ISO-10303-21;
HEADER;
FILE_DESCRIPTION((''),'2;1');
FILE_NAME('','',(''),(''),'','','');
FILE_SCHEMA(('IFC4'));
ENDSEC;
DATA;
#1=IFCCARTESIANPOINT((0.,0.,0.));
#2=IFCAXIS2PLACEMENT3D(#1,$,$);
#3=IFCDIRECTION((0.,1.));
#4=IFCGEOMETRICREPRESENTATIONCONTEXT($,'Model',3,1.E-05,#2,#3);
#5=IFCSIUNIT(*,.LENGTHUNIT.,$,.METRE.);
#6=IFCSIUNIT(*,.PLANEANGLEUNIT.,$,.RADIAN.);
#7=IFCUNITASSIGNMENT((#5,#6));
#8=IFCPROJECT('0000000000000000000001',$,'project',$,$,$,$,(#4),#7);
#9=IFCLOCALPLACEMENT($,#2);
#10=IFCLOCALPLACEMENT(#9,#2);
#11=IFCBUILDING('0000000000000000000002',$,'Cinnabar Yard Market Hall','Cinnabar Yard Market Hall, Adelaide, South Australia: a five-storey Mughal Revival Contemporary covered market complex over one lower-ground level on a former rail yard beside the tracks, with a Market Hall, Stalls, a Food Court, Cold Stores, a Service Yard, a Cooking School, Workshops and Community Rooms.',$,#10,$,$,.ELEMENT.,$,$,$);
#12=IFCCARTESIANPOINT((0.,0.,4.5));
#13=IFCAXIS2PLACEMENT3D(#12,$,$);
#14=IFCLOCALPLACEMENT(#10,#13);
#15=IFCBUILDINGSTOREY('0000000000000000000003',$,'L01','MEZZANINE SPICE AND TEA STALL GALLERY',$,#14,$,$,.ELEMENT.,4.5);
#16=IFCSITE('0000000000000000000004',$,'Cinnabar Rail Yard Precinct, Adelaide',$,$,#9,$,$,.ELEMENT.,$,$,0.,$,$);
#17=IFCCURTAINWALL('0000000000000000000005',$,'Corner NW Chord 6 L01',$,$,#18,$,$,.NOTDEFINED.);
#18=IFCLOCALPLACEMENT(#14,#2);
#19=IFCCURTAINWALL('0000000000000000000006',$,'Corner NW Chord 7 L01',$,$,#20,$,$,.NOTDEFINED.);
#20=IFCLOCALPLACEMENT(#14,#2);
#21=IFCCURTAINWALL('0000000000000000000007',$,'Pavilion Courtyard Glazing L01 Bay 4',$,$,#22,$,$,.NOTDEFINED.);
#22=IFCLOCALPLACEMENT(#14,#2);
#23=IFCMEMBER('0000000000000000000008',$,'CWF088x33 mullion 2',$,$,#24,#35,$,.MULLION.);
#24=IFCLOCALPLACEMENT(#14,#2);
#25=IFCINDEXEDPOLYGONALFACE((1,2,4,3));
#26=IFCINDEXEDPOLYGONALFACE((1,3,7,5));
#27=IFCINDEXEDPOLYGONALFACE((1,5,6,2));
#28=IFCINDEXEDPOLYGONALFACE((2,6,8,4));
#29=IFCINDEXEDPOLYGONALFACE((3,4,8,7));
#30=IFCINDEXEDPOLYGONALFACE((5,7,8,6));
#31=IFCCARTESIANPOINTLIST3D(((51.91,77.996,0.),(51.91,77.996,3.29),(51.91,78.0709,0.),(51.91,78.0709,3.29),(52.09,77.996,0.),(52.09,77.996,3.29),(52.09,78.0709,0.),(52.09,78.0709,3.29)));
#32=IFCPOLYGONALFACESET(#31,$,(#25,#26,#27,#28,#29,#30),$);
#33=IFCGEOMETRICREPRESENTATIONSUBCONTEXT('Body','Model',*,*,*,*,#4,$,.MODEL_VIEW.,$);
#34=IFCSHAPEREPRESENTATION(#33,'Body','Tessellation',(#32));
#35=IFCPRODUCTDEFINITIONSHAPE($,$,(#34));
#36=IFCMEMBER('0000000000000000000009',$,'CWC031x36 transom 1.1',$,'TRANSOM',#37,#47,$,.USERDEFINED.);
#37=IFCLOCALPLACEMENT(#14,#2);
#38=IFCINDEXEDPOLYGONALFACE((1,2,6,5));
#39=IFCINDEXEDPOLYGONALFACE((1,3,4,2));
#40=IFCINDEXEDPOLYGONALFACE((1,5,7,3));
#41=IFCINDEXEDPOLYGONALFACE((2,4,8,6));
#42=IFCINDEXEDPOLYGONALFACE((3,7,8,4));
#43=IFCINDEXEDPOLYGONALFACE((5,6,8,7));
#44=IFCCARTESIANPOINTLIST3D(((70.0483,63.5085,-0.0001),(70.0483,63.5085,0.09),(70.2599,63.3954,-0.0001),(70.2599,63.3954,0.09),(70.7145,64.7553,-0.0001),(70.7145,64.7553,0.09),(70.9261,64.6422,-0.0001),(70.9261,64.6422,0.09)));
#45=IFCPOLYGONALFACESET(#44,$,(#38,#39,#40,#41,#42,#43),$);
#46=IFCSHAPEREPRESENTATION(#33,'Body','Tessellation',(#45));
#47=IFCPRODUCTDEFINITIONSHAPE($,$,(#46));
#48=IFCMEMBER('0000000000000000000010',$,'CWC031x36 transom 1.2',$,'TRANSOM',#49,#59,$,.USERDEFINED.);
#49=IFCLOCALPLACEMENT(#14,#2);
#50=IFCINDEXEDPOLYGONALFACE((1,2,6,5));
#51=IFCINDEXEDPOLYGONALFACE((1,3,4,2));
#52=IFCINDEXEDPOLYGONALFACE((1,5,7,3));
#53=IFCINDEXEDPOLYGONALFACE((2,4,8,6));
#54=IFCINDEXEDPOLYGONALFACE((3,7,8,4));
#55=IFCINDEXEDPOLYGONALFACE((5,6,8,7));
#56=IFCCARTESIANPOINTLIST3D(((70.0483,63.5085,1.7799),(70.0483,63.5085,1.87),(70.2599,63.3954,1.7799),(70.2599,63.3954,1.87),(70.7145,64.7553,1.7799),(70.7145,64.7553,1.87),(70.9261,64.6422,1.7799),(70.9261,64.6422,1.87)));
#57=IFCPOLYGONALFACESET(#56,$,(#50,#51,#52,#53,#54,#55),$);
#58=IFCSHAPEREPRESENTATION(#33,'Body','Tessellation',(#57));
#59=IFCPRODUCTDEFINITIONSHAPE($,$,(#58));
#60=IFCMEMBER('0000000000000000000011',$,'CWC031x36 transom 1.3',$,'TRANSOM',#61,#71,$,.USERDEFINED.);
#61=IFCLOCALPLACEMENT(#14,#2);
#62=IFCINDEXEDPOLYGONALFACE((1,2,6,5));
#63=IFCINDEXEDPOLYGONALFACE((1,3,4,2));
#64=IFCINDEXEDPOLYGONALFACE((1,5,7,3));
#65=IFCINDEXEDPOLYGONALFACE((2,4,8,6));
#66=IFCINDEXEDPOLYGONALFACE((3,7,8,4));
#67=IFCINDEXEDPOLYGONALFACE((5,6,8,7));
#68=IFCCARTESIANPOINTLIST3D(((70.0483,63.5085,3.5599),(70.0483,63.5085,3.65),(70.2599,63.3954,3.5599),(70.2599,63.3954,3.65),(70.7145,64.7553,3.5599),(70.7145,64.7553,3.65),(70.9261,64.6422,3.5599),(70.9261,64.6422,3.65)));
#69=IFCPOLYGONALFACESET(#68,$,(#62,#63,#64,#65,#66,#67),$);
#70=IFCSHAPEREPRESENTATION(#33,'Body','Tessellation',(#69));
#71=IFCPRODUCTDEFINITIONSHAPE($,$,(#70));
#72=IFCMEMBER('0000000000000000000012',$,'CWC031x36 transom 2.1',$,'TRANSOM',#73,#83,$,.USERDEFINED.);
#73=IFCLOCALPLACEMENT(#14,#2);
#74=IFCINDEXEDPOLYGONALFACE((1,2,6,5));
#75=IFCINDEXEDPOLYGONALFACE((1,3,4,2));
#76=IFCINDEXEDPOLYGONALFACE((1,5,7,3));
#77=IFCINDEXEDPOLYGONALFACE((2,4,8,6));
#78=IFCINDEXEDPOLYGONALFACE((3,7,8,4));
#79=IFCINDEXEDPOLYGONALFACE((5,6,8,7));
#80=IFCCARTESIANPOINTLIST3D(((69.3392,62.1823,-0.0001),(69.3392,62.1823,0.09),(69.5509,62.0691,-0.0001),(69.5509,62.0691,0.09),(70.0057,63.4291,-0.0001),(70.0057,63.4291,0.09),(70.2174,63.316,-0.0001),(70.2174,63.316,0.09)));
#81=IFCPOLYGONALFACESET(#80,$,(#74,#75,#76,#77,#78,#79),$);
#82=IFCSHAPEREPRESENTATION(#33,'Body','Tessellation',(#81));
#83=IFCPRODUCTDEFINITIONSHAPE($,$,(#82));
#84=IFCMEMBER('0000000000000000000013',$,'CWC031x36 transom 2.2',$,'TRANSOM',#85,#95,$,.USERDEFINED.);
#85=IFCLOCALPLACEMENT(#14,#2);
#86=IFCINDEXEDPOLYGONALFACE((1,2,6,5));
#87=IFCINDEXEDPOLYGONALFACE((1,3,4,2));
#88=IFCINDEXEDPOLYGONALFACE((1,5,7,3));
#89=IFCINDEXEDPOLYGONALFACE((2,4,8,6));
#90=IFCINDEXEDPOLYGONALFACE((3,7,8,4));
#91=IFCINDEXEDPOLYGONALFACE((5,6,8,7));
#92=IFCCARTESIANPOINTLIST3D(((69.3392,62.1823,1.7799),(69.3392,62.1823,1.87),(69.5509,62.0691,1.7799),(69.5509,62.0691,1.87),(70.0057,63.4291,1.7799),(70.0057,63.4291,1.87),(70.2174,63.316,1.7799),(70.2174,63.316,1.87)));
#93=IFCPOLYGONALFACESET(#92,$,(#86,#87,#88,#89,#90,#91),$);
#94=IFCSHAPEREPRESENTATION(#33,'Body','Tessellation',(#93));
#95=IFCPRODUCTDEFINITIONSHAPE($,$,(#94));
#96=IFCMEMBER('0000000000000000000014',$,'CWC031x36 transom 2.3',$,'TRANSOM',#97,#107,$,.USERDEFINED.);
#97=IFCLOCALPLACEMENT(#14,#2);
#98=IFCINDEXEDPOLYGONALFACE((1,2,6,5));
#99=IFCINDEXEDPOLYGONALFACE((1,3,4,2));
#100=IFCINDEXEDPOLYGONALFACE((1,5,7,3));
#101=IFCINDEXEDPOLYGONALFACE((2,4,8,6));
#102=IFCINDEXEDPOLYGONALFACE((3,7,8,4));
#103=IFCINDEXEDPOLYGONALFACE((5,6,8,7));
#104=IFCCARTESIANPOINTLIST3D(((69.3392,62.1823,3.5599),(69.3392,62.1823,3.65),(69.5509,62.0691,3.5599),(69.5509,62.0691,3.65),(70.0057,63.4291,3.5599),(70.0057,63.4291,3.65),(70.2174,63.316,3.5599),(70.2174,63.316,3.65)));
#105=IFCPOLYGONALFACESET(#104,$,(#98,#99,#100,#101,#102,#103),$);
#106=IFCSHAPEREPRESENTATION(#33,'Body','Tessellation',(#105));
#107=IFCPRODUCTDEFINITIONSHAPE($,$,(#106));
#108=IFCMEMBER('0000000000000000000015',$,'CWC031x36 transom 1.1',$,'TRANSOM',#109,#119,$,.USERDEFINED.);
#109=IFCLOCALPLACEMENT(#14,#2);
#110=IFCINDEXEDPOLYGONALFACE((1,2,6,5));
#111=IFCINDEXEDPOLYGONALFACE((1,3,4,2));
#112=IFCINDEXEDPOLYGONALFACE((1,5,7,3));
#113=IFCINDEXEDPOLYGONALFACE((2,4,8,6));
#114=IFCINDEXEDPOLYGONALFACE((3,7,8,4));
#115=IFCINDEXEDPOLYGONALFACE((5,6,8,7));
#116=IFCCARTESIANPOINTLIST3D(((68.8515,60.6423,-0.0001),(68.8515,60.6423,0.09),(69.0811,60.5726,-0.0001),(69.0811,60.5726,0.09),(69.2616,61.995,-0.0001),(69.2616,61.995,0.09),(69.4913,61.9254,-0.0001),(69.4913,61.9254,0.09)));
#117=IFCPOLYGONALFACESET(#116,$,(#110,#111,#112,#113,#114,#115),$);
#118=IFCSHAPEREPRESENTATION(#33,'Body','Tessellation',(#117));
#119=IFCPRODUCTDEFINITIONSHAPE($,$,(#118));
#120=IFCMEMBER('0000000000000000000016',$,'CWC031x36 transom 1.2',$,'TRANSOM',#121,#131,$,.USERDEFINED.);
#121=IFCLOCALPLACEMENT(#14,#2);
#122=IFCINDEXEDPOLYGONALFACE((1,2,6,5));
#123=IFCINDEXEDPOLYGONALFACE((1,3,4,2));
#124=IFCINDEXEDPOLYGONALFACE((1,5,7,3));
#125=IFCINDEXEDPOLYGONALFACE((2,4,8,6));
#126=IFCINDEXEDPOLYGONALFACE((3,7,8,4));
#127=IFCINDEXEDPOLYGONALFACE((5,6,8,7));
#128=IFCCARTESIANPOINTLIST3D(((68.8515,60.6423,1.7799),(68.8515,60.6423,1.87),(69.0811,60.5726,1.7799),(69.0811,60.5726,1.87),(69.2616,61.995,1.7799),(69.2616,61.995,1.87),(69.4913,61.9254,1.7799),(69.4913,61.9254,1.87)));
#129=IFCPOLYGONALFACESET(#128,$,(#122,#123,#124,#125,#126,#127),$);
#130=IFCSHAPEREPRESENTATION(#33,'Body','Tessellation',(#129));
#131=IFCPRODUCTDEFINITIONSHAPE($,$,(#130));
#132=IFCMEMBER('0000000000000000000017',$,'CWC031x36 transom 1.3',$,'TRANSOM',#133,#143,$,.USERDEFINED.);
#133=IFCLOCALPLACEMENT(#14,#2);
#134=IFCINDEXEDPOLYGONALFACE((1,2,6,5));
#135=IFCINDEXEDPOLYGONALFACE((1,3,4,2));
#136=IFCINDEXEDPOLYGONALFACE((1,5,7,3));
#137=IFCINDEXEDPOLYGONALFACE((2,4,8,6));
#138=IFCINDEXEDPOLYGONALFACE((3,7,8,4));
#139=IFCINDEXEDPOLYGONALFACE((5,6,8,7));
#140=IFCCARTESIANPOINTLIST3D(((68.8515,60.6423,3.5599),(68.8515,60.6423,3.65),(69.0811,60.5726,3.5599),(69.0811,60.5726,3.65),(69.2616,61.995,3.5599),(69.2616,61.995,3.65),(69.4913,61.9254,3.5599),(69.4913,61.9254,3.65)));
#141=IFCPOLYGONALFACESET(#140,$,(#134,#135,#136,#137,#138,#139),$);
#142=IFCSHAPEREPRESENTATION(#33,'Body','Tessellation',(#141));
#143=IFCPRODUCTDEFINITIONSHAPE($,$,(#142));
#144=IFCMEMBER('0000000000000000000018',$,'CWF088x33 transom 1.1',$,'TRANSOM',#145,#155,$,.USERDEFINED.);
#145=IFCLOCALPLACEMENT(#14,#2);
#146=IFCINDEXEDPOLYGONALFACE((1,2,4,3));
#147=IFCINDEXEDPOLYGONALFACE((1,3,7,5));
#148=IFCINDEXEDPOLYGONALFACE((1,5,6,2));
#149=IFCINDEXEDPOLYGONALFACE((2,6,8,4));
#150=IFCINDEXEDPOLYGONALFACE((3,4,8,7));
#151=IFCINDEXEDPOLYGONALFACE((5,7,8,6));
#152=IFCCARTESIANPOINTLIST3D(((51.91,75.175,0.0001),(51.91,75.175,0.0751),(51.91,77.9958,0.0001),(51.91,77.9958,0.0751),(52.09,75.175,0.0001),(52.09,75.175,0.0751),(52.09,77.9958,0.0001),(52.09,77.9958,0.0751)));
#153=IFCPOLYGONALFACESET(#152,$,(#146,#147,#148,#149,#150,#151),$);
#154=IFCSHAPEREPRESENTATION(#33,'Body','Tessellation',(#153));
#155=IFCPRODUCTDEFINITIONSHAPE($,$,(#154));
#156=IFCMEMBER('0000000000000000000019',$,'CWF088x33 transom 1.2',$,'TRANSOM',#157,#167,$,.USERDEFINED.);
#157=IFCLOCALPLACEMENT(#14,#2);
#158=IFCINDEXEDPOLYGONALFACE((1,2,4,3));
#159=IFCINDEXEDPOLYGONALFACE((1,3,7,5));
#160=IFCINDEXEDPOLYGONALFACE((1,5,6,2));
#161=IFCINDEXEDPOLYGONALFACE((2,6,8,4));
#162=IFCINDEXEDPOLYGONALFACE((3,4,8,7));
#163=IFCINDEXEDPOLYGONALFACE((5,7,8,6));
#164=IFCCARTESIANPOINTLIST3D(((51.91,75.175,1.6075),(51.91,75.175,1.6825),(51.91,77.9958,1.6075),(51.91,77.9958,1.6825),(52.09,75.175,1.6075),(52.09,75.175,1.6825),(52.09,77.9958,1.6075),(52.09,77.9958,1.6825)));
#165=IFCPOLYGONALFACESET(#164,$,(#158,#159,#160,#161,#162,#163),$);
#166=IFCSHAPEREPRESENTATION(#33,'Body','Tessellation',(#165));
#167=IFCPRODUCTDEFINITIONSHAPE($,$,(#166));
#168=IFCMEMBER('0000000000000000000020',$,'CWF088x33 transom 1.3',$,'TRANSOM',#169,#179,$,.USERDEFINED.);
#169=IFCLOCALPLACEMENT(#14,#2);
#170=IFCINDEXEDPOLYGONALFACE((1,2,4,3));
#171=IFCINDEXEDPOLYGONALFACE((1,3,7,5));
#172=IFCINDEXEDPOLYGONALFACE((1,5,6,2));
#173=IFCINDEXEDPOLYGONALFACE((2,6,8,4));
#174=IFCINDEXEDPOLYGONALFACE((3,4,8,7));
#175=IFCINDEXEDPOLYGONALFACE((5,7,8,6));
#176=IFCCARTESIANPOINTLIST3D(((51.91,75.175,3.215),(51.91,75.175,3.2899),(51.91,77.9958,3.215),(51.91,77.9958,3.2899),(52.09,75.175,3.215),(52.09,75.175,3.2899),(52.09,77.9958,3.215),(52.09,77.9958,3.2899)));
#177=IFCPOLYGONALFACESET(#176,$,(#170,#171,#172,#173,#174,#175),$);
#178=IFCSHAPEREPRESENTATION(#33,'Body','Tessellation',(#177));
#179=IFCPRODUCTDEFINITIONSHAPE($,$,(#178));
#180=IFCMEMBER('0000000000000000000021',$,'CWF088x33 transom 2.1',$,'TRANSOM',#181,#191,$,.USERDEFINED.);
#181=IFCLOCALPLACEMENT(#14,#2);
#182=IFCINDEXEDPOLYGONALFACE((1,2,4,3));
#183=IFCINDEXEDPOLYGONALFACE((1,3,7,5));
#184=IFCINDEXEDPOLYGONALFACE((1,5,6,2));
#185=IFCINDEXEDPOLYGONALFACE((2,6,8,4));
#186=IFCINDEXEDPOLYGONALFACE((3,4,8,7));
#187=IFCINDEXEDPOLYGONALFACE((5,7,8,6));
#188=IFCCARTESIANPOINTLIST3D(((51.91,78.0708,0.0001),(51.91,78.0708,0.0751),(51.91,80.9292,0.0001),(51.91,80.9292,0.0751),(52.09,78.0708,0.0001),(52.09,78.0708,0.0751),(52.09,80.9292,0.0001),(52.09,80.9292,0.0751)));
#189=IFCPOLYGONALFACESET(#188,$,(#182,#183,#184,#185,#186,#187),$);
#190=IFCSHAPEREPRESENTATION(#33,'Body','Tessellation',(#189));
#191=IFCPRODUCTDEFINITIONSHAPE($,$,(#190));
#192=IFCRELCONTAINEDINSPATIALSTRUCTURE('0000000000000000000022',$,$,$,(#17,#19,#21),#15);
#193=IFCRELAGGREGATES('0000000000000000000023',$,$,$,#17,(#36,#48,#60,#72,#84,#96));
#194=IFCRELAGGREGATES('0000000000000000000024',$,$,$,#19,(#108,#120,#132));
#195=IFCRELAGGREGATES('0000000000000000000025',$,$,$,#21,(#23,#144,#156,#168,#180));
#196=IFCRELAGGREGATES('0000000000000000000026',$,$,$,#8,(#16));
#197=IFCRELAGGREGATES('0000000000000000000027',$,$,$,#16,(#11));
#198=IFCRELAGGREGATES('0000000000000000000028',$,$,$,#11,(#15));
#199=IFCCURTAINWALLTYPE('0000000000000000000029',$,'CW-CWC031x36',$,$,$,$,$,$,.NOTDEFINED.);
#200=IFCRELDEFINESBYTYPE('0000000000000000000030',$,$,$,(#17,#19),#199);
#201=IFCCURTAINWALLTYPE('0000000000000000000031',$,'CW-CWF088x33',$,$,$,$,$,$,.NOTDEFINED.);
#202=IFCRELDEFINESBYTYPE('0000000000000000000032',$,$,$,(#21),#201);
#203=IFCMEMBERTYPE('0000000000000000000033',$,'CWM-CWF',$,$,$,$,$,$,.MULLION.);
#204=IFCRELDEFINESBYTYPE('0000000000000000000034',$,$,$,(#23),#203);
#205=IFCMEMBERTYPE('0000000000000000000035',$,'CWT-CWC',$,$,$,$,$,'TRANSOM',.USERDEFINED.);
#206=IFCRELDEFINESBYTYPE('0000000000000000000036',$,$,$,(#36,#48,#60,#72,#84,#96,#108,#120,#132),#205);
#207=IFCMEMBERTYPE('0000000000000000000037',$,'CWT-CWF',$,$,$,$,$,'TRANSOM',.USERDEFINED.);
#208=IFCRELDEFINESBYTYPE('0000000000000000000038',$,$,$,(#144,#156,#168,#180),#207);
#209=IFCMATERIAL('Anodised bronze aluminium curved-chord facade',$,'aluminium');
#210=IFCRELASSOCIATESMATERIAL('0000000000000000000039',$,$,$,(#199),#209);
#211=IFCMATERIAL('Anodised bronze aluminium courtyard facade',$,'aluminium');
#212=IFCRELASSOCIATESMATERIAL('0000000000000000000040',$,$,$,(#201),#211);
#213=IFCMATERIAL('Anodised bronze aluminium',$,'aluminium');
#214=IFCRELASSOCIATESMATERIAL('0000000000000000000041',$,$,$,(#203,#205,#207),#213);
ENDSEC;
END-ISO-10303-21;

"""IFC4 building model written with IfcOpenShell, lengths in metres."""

from ifc_helpers import new_model, si_unit, direction, frame, origin, origin_2d_with_axis, place, context, subcontext, project, spatial, rectangle, extrude, material, material_profile, profile_set, type_object, element, aggregate, save


model = new_model("IFC4")

# Units and contexts
model_context = context("Model", 3, precision=1e-05, world=origin(), true_north=direction((0.0, 1.0)))
body_context = subcontext(model_context, "Body", "Model", "MODEL_VIEW")
ifc_project = project(units=[si_unit("LENGTHUNIT", "METRE"), si_unit("PLANEANGLEUNIT", "RADIAN")], contexts=[model_context])

# Site, building, storey
site_placement = place(None, origin())
site = spatial("IfcSite", under=ifc_project, at=site_placement, Name="Cinnabar Rail Yard Precinct, Adelaide", CompositionType="ELEMENT", RefElevation=0.0)
building_placement = place(site_placement, origin())
building = spatial("IfcBuilding", under=site, at=building_placement, Name="Cinnabar Yard Market Hall", Description="Cinnabar Yard Market Hall, Adelaide, South Australia: a five-storey Mughal Revival Contemporary covered market complex over one lower-ground level on a former rail yard beside the tracks, with a Market Hall, Stalls, a Food Court, Cold Stores, a Service Yard, a Cooking School, Workshops and Community Rooms.", CompositionType="ELEMENT")
storey_placement = place(building_placement, frame((0.0, 0.0, 4.5)))
storey = spatial("IfcBuildingStorey", under=building, at=storey_placement, Name="L01", Description="MEZZANINE SPICE AND TEA STALL GALLERY", CompositionType="ELEMENT", Elevation=4.5)

# Shared definitions
ifc_material_1 = material(Name="Anodised bronze aluminium curved-chord facade", Category="aluminium")
curtain_wall_type_1 = type_object("IfcCurtainWallType", Name="CW-CWC031x36", PredefinedType="NOTDEFINED", material=ifc_material_1)
ifc_material_2 = material(Name="Anodised bronze aluminium", Category="aluminium")

# Curtain wall
curtain_wall_1_placement = place(storey_placement, origin())
curtain_wall_1 = element("IfcCurtainWall", 1, at=curtain_wall_1_placement, inside=storey, type_object=curtain_wall_type_1, Name="Corner NW Chord 6 L01", PredefinedType="NOTDEFINED")

# Curtain wall
curtain_wall_2_placement = place(storey_placement, origin())
curtain_wall_2 = element("IfcCurtainWall", 2, at=curtain_wall_2_placement, inside=storey, type_object=curtain_wall_type_1, Name="Corner NW Chord 7 L01", PredefinedType="NOTDEFINED")

# Curtain wall, member
ifc_material_3 = material(Name="Anodised bronze aluminium courtyard facade", Category="aluminium")
curtain_wall_type_2 = type_object("IfcCurtainWallType", Name="CW-CWF088x33", PredefinedType="NOTDEFINED", material=ifc_material_3)
curtain_wall_3_placement = place(storey_placement, origin())
curtain_wall_3 = element("IfcCurtainWall", 3, at=curtain_wall_3_placement, inside=storey, type_object=curtain_wall_type_2, Name="Pavilion Courtyard Glazing L01 Bay 4", PredefinedType="NOTDEFINED")
ifc_material_profile_1 = material_profile(ifc_material_2, rectangle(XDim=0.1799, YDim=0.075, at=origin_2d_with_axis()), Name="MUL-CWF")
ifc_profile_set_1 = profile_set([ifc_material_profile_1], Name="Anodised bronze aluminium")
member_type_1 = type_object("IfcMemberType", Name="CWM-CWF", PredefinedType="MULLION", material=ifc_profile_set_1)
member_1_placement = place(storey_placement, frame((52.0, 78.0334, 0.0), z_axis=(0.0, 0.0, 1.0), x_axis=(-1.0, 0.0, 0.0)))
member_1 = element("IfcMember", 4, at=member_1_placement, type_object=member_type_1, Name="CWF088x33 mullion 2", PredefinedType="MULLION", context=body_context, shape_type="SweptSolid", body=[
    extrude(rectangle(XDim=0.1799, YDim=0.075, at=origin_2d_with_axis()), origin(), (0.0, 0.0, 1.0), 3.29),
])

# Members
ifc_material_profile_2 = material_profile(ifc_material_2, rectangle(XDim=0.24, YDim=0.0901, at=origin_2d_with_axis()), Name="TRN-CWC")
ifc_profile_set_2 = profile_set([ifc_material_profile_2], Name="Anodised bronze aluminium")
member_type_2 = type_object("IfcMemberType", Name="CWT-CWC", ElementType="TRANSOM", PredefinedType="USERDEFINED", material=ifc_profile_set_2)
member_2_placement = place(storey_placement, frame((70.8203, 64.6987, 0.0449), z_axis=(-0.471296, -0.881975, 0.0), x_axis=(0.881975, -0.471296, 0.0)))
member_2 = element("IfcMember", 5, at=member_2_placement, type_object=member_type_2, Name="CWC031x36 transom 1.1", ObjectType="TRANSOM", PredefinedType="USERDEFINED", context=body_context, shape_type="SweptSolid", body=[
    extrude(rectangle(XDim=0.24, YDim=0.0901, at=origin_2d_with_axis()), origin(), (0.0, 0.0, 1.0), 1.4136),
])
member_3_placement = place(storey_placement, frame((70.8203, 64.6987, 1.825), z_axis=(-0.471296, -0.881975, 0.0), x_axis=(0.881975, -0.471296, 0.0)))
member_3 = element("IfcMember", 6, at=member_3_placement, type_object=member_type_2, Name="CWC031x36 transom 1.2", ObjectType="TRANSOM", PredefinedType="USERDEFINED", context=body_context, shape_type="SweptSolid", body=[
    extrude(rectangle(XDim=0.24, YDim=0.0901, at=origin_2d_with_axis()), origin(), (0.0, 0.0, 1.0), 1.4136),
])
member_4_placement = place(storey_placement, frame((70.8203, 64.6987, 3.605), z_axis=(-0.471296, -0.881975, 0.0), x_axis=(0.881975, -0.471296, 0.0)))
member_4 = element("IfcMember", 7, at=member_4_placement, type_object=member_type_2, Name="CWC031x36 transom 1.3", ObjectType="TRANSOM", PredefinedType="USERDEFINED", context=body_context, shape_type="SweptSolid", body=[
    extrude(rectangle(XDim=0.24, YDim=0.0901, at=origin_2d_with_axis()), origin(), (0.0, 0.0, 1.0), 1.4136),
])
member_5_placement = place(storey_placement, frame((70.1116, 63.3726, 0.0449), z_axis=(-0.471431, -0.881903, 0.0), x_axis=(0.881903, -0.471431, 0.0)))
member_5 = element("IfcMember", 8, at=member_5_placement, type_object=member_type_2, Name="CWC031x36 transom 2.1", ObjectType="TRANSOM", PredefinedType="USERDEFINED", context=body_context, shape_type="SweptSolid", body=[
    extrude(rectangle(XDim=0.24, YDim=0.0901, at=origin_2d_with_axis()), origin(), (0.0, 0.0, 1.0), 1.4138),
])
member_6_placement = place(storey_placement, frame((70.1116, 63.3726, 1.825), z_axis=(-0.471431, -0.881903, 0.0), x_axis=(0.881903, -0.471431, 0.0)))
member_6 = element("IfcMember", 9, at=member_6_placement, type_object=member_type_2, Name="CWC031x36 transom 2.2", ObjectType="TRANSOM", PredefinedType="USERDEFINED", context=body_context, shape_type="SweptSolid", body=[
    extrude(rectangle(XDim=0.24, YDim=0.0901, at=origin_2d_with_axis()), origin(), (0.0, 0.0, 1.0), 1.4138),
])
member_7_placement = place(storey_placement, frame((70.1116, 63.3726, 3.605), z_axis=(-0.471431, -0.881903, 0.0), x_axis=(0.881903, -0.471431, 0.0)))
member_7 = element("IfcMember", 10, at=member_7_placement, type_object=member_type_2, Name="CWC031x36 transom 2.3", ObjectType="TRANSOM", PredefinedType="USERDEFINED", context=body_context, shape_type="SweptSolid", body=[
    extrude(rectangle(XDim=0.24, YDim=0.0901, at=origin_2d_with_axis()), origin(), (0.0, 0.0, 1.0), 1.4138),
])
member_8_placement = place(storey_placement, frame((69.3765, 61.9602, 0.0449), z_axis=(-0.290151, -0.956981, 0.0), x_axis=(0.956981, -0.290151, 0.0)))
member_8 = element("IfcMember", 11, at=member_8_placement, type_object=member_type_2, Name="CWC031x36 transom 1.1", ObjectType="TRANSOM", PredefinedType="USERDEFINED", context=body_context, shape_type="SweptSolid", body=[
    extrude(rectangle(XDim=0.24, YDim=0.0901, at=origin_2d_with_axis()), origin(), (0.0, 0.0, 1.0), 1.4136),
])
member_9_placement = place(storey_placement, frame((69.3765, 61.9602, 1.825), z_axis=(-0.290151, -0.956981, 0.0), x_axis=(0.956981, -0.290151, 0.0)))
member_9 = element("IfcMember", 12, at=member_9_placement, type_object=member_type_2, Name="CWC031x36 transom 1.2", ObjectType="TRANSOM", PredefinedType="USERDEFINED", context=body_context, shape_type="SweptSolid", body=[
    extrude(rectangle(XDim=0.24, YDim=0.0901, at=origin_2d_with_axis()), origin(), (0.0, 0.0, 1.0), 1.4136),
])
member_10_placement = place(storey_placement, frame((69.3765, 61.9602, 3.605), z_axis=(-0.290151, -0.956981, 0.0), x_axis=(0.956981, -0.290151, 0.0)))
member_10 = element("IfcMember", 13, at=member_10_placement, type_object=member_type_2, Name="CWC031x36 transom 1.3", ObjectType="TRANSOM", PredefinedType="USERDEFINED", context=body_context, shape_type="SweptSolid", body=[
    extrude(rectangle(XDim=0.24, YDim=0.0901, at=origin_2d_with_axis()), origin(), (0.0, 0.0, 1.0), 1.4136),
])
ifc_material_profile_3 = material_profile(ifc_material_2, rectangle(XDim=0.1799, YDim=0.075, at=origin_2d_with_axis()), Name="TRN-CWF")
ifc_profile_set_3 = profile_set([ifc_material_profile_3], Name="Anodised bronze aluminium")
member_type_3 = type_object("IfcMemberType", Name="CWT-CWF", ElementType="TRANSOM", PredefinedType="USERDEFINED", material=ifc_profile_set_3)
member_11_placement = place(storey_placement, frame((52.0, 75.175, 0.0376), z_axis=(0.0, 1.0, 0.0), x_axis=(-1.0, 0.0, 0.0)))
member_11 = element("IfcMember", 14, at=member_11_placement, type_object=member_type_3, Name="CWF088x33 transom 1.1", ObjectType="TRANSOM", PredefinedType="USERDEFINED", context=body_context, shape_type="SweptSolid", body=[
    extrude(rectangle(XDim=0.1799, YDim=0.075, at=origin_2d_with_axis()), origin(), (0.0, 0.0, 1.0), 2.8208),
])
member_12_placement = place(storey_placement, frame((52.0, 75.175, 1.645), z_axis=(0.0, 1.0, 0.0), x_axis=(-1.0, 0.0, 0.0)))
member_12 = element("IfcMember", 15, at=member_12_placement, type_object=member_type_3, Name="CWF088x33 transom 1.2", ObjectType="TRANSOM", PredefinedType="USERDEFINED", context=body_context, shape_type="SweptSolid", body=[
    extrude(rectangle(XDim=0.1799, YDim=0.075, at=origin_2d_with_axis()), origin(), (0.0, 0.0, 1.0), 2.8208),
])
member_13_placement = place(storey_placement, frame((52.0, 75.175, 3.2524), z_axis=(0.0, 1.0, 0.0), x_axis=(-1.0, 0.0, 0.0)))
member_13 = element("IfcMember", 16, at=member_13_placement, type_object=member_type_3, Name="CWF088x33 transom 1.3", ObjectType="TRANSOM", PredefinedType="USERDEFINED", context=body_context, shape_type="SweptSolid", body=[
    extrude(rectangle(XDim=0.1799, YDim=0.075, at=origin_2d_with_axis()), origin(), (0.0, 0.0, 1.0), 2.8208),
])
member_14_placement = place(storey_placement, frame((52.0, 78.0708, 0.0376), z_axis=(0.0, 1.0, 0.0), x_axis=(-1.0, 0.0, 0.0)))
member_14 = element("IfcMember", 17, at=member_14_placement, type_object=member_type_3, Name="CWF088x33 transom 2.1", ObjectType="TRANSOM", PredefinedType="USERDEFINED", context=body_context, shape_type="SweptSolid", body=[
    extrude(rectangle(XDim=0.1799, YDim=0.075, at=origin_2d_with_axis()), origin(), (0.0, 0.0, 1.0), 2.8584),
])

aggregate(curtain_wall_1, [member_2, member_3, member_4, member_5, member_6, member_7])
aggregate(curtain_wall_2, [member_8, member_9, member_10])
aggregate(curtain_wall_3, [member_1, member_11, member_12, member_13, member_14])

save(model, "model.ifc")
